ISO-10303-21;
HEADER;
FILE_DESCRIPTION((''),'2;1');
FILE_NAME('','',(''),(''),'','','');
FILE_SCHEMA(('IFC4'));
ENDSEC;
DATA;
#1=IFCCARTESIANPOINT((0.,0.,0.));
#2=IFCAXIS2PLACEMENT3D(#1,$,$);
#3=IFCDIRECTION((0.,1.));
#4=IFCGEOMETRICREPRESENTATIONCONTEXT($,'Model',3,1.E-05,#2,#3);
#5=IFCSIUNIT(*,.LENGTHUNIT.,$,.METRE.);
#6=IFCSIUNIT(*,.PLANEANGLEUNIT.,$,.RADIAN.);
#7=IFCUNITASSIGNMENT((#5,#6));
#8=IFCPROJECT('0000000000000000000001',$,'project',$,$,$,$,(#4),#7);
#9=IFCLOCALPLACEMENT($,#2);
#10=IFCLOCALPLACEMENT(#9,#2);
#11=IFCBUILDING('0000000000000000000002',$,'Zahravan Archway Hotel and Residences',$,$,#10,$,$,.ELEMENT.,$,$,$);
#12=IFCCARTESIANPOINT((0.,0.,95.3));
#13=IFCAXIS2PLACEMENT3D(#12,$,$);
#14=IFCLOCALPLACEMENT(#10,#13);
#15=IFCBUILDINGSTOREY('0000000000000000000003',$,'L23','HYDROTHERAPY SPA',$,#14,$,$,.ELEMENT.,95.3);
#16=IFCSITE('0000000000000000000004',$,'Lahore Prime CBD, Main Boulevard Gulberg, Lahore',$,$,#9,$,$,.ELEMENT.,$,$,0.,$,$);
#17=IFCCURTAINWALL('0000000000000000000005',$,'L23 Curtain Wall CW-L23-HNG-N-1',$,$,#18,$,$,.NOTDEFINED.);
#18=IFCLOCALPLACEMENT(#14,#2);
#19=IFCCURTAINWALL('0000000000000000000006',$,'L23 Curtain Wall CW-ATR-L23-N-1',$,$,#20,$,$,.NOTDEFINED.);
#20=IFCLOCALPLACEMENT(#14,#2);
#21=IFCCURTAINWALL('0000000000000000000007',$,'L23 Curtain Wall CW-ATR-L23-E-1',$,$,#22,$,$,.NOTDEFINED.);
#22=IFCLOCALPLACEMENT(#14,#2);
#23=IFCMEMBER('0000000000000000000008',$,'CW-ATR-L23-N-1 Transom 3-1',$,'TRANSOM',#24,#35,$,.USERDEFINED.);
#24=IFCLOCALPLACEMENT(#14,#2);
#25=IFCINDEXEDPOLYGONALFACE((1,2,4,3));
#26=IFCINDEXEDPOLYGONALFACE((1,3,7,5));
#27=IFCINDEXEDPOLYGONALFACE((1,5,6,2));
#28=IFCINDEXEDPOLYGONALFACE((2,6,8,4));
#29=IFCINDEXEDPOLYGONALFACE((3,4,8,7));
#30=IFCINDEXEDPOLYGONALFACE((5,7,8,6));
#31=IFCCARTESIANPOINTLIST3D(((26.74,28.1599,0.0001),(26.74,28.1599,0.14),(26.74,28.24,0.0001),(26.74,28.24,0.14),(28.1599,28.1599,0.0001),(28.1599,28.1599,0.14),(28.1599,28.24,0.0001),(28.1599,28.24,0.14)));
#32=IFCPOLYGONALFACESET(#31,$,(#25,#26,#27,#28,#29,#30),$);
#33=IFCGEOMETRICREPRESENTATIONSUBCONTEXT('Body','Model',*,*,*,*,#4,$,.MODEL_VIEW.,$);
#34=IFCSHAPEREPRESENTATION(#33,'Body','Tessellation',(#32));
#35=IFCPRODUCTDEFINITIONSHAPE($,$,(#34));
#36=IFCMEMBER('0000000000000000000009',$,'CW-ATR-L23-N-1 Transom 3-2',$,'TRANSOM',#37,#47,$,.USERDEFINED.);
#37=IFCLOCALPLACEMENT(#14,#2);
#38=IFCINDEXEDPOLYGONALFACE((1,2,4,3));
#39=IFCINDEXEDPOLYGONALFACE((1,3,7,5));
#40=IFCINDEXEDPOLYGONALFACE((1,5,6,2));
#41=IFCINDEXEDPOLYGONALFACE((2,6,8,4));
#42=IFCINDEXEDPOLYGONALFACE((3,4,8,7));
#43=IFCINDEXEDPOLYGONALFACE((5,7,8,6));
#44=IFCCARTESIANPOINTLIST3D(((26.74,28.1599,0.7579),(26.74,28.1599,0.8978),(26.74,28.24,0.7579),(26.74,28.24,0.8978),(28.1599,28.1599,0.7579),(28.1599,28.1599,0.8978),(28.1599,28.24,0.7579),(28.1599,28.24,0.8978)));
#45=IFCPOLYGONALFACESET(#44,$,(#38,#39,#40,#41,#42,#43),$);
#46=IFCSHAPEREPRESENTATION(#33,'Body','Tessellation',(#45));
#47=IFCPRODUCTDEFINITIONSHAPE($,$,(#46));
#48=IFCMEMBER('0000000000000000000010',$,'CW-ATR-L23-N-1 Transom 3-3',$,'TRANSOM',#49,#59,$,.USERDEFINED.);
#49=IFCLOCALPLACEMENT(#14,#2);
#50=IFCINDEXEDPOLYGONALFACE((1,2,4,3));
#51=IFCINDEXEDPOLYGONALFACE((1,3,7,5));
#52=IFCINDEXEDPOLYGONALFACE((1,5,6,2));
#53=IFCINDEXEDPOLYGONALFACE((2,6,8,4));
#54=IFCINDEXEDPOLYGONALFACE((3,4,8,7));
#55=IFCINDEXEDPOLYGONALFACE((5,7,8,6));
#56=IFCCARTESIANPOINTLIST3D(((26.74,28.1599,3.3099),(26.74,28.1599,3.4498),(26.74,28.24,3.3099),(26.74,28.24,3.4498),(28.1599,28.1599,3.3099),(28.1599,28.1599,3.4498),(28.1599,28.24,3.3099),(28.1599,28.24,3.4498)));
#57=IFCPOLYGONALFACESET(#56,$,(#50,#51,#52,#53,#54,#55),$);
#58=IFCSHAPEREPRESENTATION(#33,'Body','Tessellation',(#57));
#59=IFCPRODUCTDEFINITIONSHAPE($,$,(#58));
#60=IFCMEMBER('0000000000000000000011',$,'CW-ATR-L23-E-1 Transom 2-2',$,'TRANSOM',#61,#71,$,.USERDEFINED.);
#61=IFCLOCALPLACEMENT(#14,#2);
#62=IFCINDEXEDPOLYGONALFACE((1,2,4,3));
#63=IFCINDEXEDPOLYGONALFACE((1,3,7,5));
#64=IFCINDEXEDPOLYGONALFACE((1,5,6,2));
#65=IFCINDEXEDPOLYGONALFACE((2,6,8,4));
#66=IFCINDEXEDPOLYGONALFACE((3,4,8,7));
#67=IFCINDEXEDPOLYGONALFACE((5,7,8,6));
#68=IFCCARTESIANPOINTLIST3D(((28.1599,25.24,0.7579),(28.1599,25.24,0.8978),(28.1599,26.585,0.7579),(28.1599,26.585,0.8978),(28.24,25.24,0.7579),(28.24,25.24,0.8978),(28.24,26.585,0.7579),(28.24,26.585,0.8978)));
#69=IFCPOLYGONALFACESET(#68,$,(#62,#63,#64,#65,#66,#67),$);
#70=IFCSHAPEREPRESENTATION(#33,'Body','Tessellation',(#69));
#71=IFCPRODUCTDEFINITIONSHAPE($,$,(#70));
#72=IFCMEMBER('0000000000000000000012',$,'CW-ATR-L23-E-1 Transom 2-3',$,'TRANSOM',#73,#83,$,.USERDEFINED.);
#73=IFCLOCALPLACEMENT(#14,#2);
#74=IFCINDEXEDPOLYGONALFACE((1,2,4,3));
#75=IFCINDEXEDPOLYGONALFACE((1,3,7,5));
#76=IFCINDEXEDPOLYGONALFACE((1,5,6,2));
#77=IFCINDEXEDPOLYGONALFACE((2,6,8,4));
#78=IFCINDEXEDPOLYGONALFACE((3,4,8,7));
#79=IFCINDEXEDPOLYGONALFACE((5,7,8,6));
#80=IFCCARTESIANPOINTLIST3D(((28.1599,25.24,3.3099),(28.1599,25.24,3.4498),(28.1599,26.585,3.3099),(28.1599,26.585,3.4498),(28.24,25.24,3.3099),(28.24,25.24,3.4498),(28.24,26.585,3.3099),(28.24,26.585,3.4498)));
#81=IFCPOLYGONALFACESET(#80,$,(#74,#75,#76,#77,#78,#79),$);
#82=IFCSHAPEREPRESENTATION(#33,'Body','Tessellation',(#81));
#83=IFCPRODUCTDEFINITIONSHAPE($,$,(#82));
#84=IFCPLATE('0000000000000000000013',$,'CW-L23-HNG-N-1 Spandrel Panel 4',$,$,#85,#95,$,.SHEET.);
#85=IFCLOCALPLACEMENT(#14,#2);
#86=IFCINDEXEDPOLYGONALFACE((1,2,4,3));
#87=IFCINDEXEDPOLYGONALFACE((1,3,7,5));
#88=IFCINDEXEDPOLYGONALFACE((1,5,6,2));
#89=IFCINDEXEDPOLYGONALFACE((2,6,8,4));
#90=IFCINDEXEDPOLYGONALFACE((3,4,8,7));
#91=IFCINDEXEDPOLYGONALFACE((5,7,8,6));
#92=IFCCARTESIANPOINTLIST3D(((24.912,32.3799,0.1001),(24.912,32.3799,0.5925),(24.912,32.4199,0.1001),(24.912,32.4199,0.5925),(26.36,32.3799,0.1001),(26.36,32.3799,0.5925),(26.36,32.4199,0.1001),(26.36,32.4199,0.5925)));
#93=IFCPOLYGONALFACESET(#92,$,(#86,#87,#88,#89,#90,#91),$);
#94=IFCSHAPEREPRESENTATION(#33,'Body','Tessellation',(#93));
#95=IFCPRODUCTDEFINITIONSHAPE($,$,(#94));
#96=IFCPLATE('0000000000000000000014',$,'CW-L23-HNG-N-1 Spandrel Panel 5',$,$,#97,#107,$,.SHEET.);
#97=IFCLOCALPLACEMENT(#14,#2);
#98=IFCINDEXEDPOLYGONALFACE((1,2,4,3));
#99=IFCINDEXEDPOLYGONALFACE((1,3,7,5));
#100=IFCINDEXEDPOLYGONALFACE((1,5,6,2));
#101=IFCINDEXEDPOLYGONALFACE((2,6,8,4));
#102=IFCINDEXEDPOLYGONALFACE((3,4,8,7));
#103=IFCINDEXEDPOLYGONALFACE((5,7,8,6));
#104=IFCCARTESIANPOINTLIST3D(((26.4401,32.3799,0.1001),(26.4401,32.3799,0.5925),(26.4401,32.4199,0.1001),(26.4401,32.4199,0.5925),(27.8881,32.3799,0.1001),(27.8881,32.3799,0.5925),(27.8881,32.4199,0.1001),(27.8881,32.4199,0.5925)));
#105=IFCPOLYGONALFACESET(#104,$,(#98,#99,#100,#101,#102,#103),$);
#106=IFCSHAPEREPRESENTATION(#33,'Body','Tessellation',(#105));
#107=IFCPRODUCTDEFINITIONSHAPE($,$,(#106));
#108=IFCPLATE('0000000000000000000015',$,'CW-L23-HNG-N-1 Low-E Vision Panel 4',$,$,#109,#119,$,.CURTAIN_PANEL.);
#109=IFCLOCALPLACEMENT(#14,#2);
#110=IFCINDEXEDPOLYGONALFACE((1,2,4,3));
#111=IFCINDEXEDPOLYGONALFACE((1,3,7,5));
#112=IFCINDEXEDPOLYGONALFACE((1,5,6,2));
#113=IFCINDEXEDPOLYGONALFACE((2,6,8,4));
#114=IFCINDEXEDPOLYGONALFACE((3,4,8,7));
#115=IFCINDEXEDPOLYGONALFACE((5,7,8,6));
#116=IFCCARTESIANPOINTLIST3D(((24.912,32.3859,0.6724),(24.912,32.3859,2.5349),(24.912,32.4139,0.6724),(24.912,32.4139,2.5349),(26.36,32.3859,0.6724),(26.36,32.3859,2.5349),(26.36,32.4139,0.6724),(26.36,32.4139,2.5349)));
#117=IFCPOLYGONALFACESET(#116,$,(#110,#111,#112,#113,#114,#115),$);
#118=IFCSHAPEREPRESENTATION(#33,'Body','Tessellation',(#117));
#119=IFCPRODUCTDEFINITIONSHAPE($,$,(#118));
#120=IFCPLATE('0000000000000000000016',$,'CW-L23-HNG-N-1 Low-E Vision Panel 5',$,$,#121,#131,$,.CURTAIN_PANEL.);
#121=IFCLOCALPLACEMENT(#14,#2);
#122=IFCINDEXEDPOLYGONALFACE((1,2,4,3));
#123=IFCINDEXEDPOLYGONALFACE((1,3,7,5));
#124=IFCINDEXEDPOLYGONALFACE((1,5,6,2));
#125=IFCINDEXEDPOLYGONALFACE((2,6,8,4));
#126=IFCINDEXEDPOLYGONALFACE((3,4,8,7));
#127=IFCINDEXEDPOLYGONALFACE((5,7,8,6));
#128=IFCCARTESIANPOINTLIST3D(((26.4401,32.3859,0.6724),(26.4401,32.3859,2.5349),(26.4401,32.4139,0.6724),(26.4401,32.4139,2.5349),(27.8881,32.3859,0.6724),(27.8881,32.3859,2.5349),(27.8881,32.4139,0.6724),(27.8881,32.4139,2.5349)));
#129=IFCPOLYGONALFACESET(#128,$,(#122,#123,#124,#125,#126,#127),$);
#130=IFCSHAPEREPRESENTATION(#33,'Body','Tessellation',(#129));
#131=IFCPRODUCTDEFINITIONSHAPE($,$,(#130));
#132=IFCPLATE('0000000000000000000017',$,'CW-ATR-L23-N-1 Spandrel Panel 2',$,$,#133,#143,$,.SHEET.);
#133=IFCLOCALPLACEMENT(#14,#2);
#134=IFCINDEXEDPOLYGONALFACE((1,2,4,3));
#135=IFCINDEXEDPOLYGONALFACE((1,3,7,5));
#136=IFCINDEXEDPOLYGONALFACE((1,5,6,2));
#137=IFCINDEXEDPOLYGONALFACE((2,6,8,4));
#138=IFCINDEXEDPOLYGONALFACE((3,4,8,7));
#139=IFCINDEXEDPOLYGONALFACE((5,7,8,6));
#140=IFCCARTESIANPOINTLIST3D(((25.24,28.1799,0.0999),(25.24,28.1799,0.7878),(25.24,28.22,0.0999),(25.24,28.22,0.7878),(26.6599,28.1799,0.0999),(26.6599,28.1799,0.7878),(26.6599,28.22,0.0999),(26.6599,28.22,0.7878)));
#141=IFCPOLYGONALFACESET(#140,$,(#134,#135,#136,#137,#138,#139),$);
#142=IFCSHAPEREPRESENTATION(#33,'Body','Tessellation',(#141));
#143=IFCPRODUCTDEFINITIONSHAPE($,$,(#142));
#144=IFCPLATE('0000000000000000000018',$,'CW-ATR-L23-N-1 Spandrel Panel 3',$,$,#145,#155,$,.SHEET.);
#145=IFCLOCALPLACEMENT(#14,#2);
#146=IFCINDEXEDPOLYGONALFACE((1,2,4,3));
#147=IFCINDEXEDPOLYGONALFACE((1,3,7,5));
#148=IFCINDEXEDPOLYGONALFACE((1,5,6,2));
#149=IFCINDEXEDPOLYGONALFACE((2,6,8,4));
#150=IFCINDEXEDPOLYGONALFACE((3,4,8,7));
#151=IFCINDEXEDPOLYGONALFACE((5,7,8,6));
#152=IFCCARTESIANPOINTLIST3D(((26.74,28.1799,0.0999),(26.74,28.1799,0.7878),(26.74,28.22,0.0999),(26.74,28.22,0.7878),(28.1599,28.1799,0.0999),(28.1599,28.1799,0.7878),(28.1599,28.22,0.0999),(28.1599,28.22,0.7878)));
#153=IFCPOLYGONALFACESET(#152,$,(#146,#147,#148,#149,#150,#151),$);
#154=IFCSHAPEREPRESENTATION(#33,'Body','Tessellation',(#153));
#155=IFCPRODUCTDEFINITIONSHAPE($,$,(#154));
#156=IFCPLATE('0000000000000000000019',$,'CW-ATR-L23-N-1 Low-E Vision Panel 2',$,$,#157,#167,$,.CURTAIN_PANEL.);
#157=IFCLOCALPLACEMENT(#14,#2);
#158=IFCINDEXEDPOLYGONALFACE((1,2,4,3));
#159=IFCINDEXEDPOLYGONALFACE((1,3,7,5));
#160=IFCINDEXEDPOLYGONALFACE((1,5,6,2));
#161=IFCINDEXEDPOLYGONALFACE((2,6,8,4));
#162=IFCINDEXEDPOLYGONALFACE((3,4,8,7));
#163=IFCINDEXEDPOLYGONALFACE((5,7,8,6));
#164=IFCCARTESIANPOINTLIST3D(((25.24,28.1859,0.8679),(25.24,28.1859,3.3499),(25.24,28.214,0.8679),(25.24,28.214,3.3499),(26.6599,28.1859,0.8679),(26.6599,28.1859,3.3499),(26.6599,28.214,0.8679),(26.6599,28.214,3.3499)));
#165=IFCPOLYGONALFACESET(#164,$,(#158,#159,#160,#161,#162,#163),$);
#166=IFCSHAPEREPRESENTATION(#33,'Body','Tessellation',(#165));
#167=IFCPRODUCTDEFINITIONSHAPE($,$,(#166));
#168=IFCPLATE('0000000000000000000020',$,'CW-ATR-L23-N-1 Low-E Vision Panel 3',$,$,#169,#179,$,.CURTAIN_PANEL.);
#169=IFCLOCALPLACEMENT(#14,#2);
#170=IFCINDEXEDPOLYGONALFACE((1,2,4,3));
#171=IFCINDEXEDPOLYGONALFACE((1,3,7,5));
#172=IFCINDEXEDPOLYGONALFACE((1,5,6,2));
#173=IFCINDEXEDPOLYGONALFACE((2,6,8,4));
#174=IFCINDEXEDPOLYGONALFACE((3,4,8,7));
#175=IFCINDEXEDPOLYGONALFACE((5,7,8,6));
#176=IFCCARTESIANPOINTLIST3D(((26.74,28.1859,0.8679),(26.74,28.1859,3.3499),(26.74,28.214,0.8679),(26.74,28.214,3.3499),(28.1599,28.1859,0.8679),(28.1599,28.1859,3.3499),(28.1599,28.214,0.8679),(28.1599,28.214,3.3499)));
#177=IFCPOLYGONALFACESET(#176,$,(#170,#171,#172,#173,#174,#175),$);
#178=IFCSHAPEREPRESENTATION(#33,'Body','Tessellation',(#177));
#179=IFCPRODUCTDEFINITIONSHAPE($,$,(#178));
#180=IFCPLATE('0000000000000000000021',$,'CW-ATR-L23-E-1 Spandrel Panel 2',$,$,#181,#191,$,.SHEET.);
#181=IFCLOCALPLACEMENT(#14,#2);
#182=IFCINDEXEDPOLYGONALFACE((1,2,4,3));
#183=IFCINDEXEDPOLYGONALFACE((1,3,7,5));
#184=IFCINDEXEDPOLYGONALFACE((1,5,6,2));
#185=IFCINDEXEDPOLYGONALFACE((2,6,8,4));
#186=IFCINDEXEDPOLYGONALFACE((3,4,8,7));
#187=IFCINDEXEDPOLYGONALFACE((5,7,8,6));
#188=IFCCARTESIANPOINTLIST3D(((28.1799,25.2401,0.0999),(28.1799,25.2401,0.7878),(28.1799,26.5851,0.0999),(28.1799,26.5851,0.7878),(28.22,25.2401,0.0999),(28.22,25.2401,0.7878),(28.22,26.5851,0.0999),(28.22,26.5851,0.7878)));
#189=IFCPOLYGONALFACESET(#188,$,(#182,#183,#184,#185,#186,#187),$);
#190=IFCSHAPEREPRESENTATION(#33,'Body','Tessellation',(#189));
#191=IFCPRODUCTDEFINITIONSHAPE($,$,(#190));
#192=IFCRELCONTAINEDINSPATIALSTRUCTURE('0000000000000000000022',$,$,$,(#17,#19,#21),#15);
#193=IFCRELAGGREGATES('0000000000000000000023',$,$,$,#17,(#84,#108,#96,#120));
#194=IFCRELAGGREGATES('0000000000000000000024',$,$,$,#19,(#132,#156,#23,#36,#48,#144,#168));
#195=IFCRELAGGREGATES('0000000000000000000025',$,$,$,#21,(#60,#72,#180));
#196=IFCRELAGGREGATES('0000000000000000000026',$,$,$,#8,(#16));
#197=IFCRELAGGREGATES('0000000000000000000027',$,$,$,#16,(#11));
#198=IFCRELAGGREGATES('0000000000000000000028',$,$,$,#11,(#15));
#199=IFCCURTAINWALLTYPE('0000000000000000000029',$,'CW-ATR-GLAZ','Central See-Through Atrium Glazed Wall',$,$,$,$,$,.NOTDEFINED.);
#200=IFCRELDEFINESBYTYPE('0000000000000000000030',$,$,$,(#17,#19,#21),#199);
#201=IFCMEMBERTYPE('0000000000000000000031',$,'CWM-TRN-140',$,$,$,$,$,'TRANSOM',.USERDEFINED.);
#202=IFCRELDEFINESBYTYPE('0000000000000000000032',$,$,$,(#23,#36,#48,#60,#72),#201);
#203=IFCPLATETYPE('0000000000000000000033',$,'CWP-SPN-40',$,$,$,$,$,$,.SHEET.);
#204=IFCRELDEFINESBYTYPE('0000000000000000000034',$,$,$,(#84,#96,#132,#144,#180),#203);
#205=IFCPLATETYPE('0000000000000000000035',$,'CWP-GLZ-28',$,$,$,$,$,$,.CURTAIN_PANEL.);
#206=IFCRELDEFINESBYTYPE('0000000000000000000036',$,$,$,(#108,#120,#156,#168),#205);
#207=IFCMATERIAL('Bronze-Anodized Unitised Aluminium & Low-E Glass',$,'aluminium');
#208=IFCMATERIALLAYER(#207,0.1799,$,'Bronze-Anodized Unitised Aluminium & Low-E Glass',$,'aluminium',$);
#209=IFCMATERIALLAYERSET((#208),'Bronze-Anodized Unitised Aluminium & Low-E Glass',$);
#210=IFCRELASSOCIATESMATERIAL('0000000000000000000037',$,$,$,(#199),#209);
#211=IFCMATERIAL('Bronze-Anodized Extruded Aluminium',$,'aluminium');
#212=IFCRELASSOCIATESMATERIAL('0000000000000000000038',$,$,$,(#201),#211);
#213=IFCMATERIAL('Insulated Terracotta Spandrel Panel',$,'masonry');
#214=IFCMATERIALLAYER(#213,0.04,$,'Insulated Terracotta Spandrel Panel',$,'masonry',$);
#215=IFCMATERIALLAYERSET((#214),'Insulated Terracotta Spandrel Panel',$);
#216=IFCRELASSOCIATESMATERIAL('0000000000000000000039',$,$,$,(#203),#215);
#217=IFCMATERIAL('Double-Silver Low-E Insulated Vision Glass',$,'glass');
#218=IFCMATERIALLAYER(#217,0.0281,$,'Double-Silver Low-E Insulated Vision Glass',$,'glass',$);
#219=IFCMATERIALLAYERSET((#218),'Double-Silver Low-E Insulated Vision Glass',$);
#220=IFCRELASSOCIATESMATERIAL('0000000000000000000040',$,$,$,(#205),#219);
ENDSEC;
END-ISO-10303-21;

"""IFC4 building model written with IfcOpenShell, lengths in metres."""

from ifc_helpers import new_model, si_unit, direction, frame, origin, origin_2d, place, context, subcontext, project, spatial, rectangle, extrude, source, transform, mapped, material, layer, layer_set, material_profile, profile_set, type_object, element, aggregate, save


model = new_model("IFC4")

# Units and contexts
model_context = context("Model", 3, precision=1e-05, world=origin(), true_north=direction((0.0, 1.0)))
body_context = subcontext(model_context, "Body", "Model", "MODEL_VIEW")
ifc_project = project(units=[si_unit("LENGTHUNIT", "METRE"), si_unit("PLANEANGLEUNIT", "RADIAN")], contexts=[model_context])

# Site, building, storey
site_placement = place(None, origin())
site = spatial("IfcSite", under=ifc_project, at=site_placement, Name="Lahore Prime CBD, Main Boulevard Gulberg, Lahore", CompositionType="ELEMENT", RefElevation=0.0)
building_placement = place(site_placement, origin())
building = spatial("IfcBuilding", under=site, at=building_placement, Name="Zahravan Archway Hotel and Residences", CompositionType="ELEMENT")
storey_placement = place(building_placement, frame((0.0, 0.0, 95.3)))
storey = spatial("IfcBuildingStorey", under=building, at=storey_placement, Name="L23", Description="HYDROTHERAPY SPA", CompositionType="ELEMENT", Elevation=95.3)

# Curtain walls
ifc_material_1 = material(Name="Bronze-Anodized Unitised Aluminium & Low-E Glass", Category="aluminium")
ifc_layer_1 = layer(ifc_material_1, 0.1799, Name="Bronze-Anodized Unitised Aluminium & Low-E Glass", Category="aluminium")
ifc_layer_set_1 = layer_set([ifc_layer_1], Name="Bronze-Anodized Unitised Aluminium & Low-E Glass")
curtain_wall_type = type_object("IfcCurtainWallType", Name="CW-ATR-GLAZ", Description="Central See-Through Atrium Glazed Wall", PredefinedType="NOTDEFINED", material=ifc_layer_set_1)
curtain_wall_1_placement = place(storey_placement, origin())
curtain_wall_1 = element("IfcCurtainWall", 1, at=curtain_wall_1_placement, inside=storey, type_object=curtain_wall_type, Name="L23 Curtain Wall CW-L23-HNG-N-1", PredefinedType="NOTDEFINED")
ifc_material_2 = material(Name="Bronze-Anodized Extruded Aluminium", Category="aluminium")
ifc_material_profile_1 = material_profile(ifc_material_2, rectangle(XDim=0.0801, YDim=0.1399, at=origin_2d()), Name="TRN 80x140", Category="aluminium")
ifc_profile_set_1 = profile_set([ifc_material_profile_1], Name="Bronze-Anodized Extruded Aluminium")
member_type_1 = type_object("IfcMemberType", Name="CWM-TRN-140", ElementType="TRANSOM", PredefinedType="USERDEFINED", material=ifc_profile_set_1)
curtain_wall_2_placement = place(storey_placement, origin())
curtain_wall_2 = element("IfcCurtainWall", 2, at=curtain_wall_2_placement, inside=storey, type_object=curtain_wall_type, Name="L23 Curtain Wall CW-ATR-L23-N-1", PredefinedType="NOTDEFINED")

# Curtain wall
curtain_wall_3_placement = place(storey_placement, origin())
curtain_wall_3 = element("IfcCurtainWall", 3, at=curtain_wall_3_placement, inside=storey, type_object=curtain_wall_type, Name="L23 Curtain Wall CW-ATR-L23-E-1", PredefinedType="NOTDEFINED")

# Members
shared_shape_1 = source(origin(), body_context, "Body", "SweptSolid", [
    extrude(rectangle(XDim=0.0801, YDim=0.1399, at=origin_2d()), origin(), (0.0, 0.0, 1.0), 1.4199),
])
member_1_placement = place(storey_placement, frame((26.74, 28.2, 0.0701), z_axis=(1.0, 0.0, 0.0), x_axis=(0.0, 1.0, 0.0)))
member_1 = element("IfcMember", 4, at=member_1_placement, type_object=member_type_1, Name="CW-ATR-L23-N-1 Transom 3-1", ObjectType="TRANSOM", PredefinedType="USERDEFINED", context=body_context, shape_type="MappedRepresentation", body=[
    mapped(shared_shape_1, transform((0.0, 0.0, 0.0), scale=1.0)),
])
member_2_placement = place(storey_placement, frame((26.74, 28.2, 0.8279), z_axis=(1.0, 0.0, 0.0), x_axis=(0.0, 1.0, 0.0)))
member_2 = element("IfcMember", 5, at=member_2_placement, type_object=member_type_1, Name="CW-ATR-L23-N-1 Transom 3-2", ObjectType="TRANSOM", PredefinedType="USERDEFINED", context=body_context, shape_type="MappedRepresentation", body=[
    mapped(shared_shape_1, transform((0.0, 0.0, 0.0), scale=1.0)),
])
member_3_placement = place(storey_placement, frame((26.74, 28.2, 3.3799), z_axis=(1.0, 0.0, 0.0), x_axis=(0.0, 1.0, 0.0)))
member_3 = element("IfcMember", 6, at=member_3_placement, type_object=member_type_1, Name="CW-ATR-L23-N-1 Transom 3-3", ObjectType="TRANSOM", PredefinedType="USERDEFINED", context=body_context, shape_type="MappedRepresentation", body=[
    mapped(shared_shape_1, transform((0.0, 0.0, 0.0), scale=1.0)),
])
shared_shape_2 = source(origin(), body_context, "Body", "SweptSolid", [
    extrude(rectangle(XDim=0.0801, YDim=0.1399, at=origin_2d()), origin(), (0.0, 0.0, 1.0), 1.345),
])
member_4_placement = place(storey_placement, frame((28.2, 25.24, 0.8279), z_axis=(0.0, 1.0, 0.0), x_axis=(-1.0, 0.0, 0.0)))
member_4 = element("IfcMember", 7, at=member_4_placement, type_object=member_type_1, Name="CW-ATR-L23-E-1 Transom 2-2", ObjectType="TRANSOM", PredefinedType="USERDEFINED", context=body_context, shape_type="MappedRepresentation", body=[
    mapped(shared_shape_2, transform((0.0, 0.0, 0.0), scale=1.0)),
])
member_5_placement = place(storey_placement, frame((28.2, 25.24, 3.3799), z_axis=(0.0, 1.0, 0.0), x_axis=(-1.0, 0.0, 0.0)))
member_5 = element("IfcMember", 8, at=member_5_placement, type_object=member_type_1, Name="CW-ATR-L23-E-1 Transom 2-3", ObjectType="TRANSOM", PredefinedType="USERDEFINED", context=body_context, shape_type="MappedRepresentation", body=[
    mapped(shared_shape_2, transform((0.0, 0.0, 0.0), scale=1.0)),
])

# Plates
ifc_material_3 = material(Name="Insulated Terracotta Spandrel Panel", Category="masonry")
ifc_layer_2 = layer(ifc_material_3, 0.04, Name="Insulated Terracotta Spandrel Panel", Category="masonry")
ifc_layer_set_2 = layer_set([ifc_layer_2], Name="Insulated Terracotta Spandrel Panel")
plate_type_1 = type_object("IfcPlateType", Name="CWP-SPN-40", PredefinedType="SHEET", material=ifc_layer_set_2)
shared_shape_3 = source(origin(), body_context, "Body", "SweptSolid", [
    extrude(rectangle(XDim=1.448, YDim=0.04, at=origin_2d()), origin(), (0.0, 0.0, 1.0), 0.4924),
])
plate_1_placement = place(storey_placement, frame((25.636, 32.3999, 0.1001), z_axis=(0.0, 0.0, 1.0), x_axis=(1.0, 0.0, 0.0)))
plate_1 = element("IfcPlate", 9, at=plate_1_placement, type_object=plate_type_1, Name="CW-L23-HNG-N-1 Spandrel Panel 4", PredefinedType="SHEET", context=body_context, shape_type="MappedRepresentation", body=[
    mapped(shared_shape_3, transform((0.0, 0.0, 0.0), scale=1.0)),
])
plate_2_placement = place(storey_placement, frame((27.1641, 32.3999, 0.1001), z_axis=(0.0, 0.0, 1.0), x_axis=(1.0, 0.0, 0.0)))
plate_2 = element("IfcPlate", 10, at=plate_2_placement, type_object=plate_type_1, Name="CW-L23-HNG-N-1 Spandrel Panel 5", PredefinedType="SHEET", context=body_context, shape_type="MappedRepresentation", body=[
    mapped(shared_shape_3, transform((0.0, 0.0, 0.0), scale=1.0)),
])
ifc_material_4 = material(Name="Double-Silver Low-E Insulated Vision Glass", Category="glass")
ifc_layer_3 = layer(ifc_material_4, 0.0281, Name="Double-Silver Low-E Insulated Vision Glass", Category="glass")
ifc_layer_set_3 = layer_set([ifc_layer_3], Name="Double-Silver Low-E Insulated Vision Glass")
plate_type_2 = type_object("IfcPlateType", Name="CWP-GLZ-28", PredefinedType="CURTAIN_PANEL", material=ifc_layer_set_3)
shared_shape_4 = source(origin(), body_context, "Body", "SweptSolid", [
    extrude(rectangle(XDim=1.448, YDim=0.0281, at=origin_2d()), origin(), (0.0, 0.0, 1.0), 1.8625),
])
plate_3_placement = place(storey_placement, frame((25.636, 32.3999, 0.6724), z_axis=(0.0, 0.0, 1.0), x_axis=(1.0, 0.0, 0.0)))
plate_3 = element("IfcPlate", 11, at=plate_3_placement, type_object=plate_type_2, Name="CW-L23-HNG-N-1 Low-E Vision Panel 4", PredefinedType="CURTAIN_PANEL", context=body_context, shape_type="MappedRepresentation", body=[
    mapped(shared_shape_4, transform((0.0, 0.0, 0.0), scale=1.0)),
])
plate_4_placement = place(storey_placement, frame((27.1641, 32.3999, 0.6724), z_axis=(0.0, 0.0, 1.0), x_axis=(1.0, 0.0, 0.0)))
plate_4 = element("IfcPlate", 12, at=plate_4_placement, type_object=plate_type_2, Name="CW-L23-HNG-N-1 Low-E Vision Panel 5", PredefinedType="CURTAIN_PANEL", context=body_context, shape_type="MappedRepresentation", body=[
    mapped(shared_shape_4, transform((0.0, 0.0, 0.0), scale=1.0)),
])
aggregate(curtain_wall_1, [plate_1, plate_3, plate_2, plate_4])
shared_shape_5 = source(origin(), body_context, "Body", "SweptSolid", [
    extrude(rectangle(XDim=1.4199, YDim=0.04, at=origin_2d()), origin(), (0.0, 0.0, 1.0), 0.688),
])
plate_5_placement = place(storey_placement, frame((25.95, 28.2, 0.0999), z_axis=(0.0, 0.0, 1.0), x_axis=(1.0, 0.0, 0.0)))
plate_5 = element("IfcPlate", 13, at=plate_5_placement, type_object=plate_type_1, Name="CW-ATR-L23-N-1 Spandrel Panel 2", PredefinedType="SHEET", context=body_context, shape_type="MappedRepresentation", body=[
    mapped(shared_shape_5, transform((0.0, 0.0, 0.0), scale=1.0)),
])
plate_6_placement = place(storey_placement, frame((27.45, 28.2, 0.0999), z_axis=(0.0, 0.0, 1.0), x_axis=(1.0, 0.0, 0.0)))
plate_6 = element("IfcPlate", 14, at=plate_6_placement, type_object=plate_type_1, Name="CW-ATR-L23-N-1 Spandrel Panel 3", PredefinedType="SHEET", context=body_context, shape_type="MappedRepresentation", body=[
    mapped(shared_shape_5, transform((0.0, 0.0, 0.0), scale=1.0)),
])
shared_shape_6 = source(origin(), body_context, "Body", "SweptSolid", [
    extrude(rectangle(XDim=1.4199, YDim=0.0281, at=origin_2d()), origin(), (0.0, 0.0, 1.0), 2.4819),
])
plate_7_placement = place(storey_placement, frame((25.95, 28.2, 0.8679), z_axis=(0.0, 0.0, 1.0), x_axis=(1.0, 0.0, 0.0)))
plate_7 = element("IfcPlate", 15, at=plate_7_placement, type_object=plate_type_2, Name="CW-ATR-L23-N-1 Low-E Vision Panel 2", PredefinedType="CURTAIN_PANEL", context=body_context, shape_type="MappedRepresentation", body=[
    mapped(shared_shape_6, transform((0.0, 0.0, 0.0), scale=1.0)),
])
plate_8_placement = place(storey_placement, frame((27.45, 28.2, 0.8679), z_axis=(0.0, 0.0, 1.0), x_axis=(1.0, 0.0, 0.0)))
plate_8 = element("IfcPlate", 16, at=plate_8_placement, type_object=plate_type_2, Name="CW-ATR-L23-N-1 Low-E Vision Panel 3", PredefinedType="CURTAIN_PANEL", context=body_context, shape_type="MappedRepresentation", body=[
    mapped(shared_shape_6, transform((0.0, 0.0, 0.0), scale=1.0)),
])
aggregate(curtain_wall_2, [plate_5, plate_7, member_1, member_2, member_3, plate_6, plate_8])
shared_shape_7 = source(origin(), body_context, "Body", "SweptSolid", [
    extrude(rectangle(XDim=1.345, YDim=0.04, at=origin_2d()), origin(), (0.0, 0.0, 1.0), 0.688),
])
plate_9_placement = place(storey_placement, frame((28.2, 25.9126, 0.0999), z_axis=(0.0, 0.0, 1.0), x_axis=(0.0, 1.0, 0.0)))
plate_9 = element("IfcPlate", 17, at=plate_9_placement, type_object=plate_type_1, Name="CW-ATR-L23-E-1 Spandrel Panel 2", PredefinedType="SHEET", context=body_context, shape_type="MappedRepresentation", body=[
    mapped(shared_shape_7, transform((0.0, 0.0, 0.0), scale=1.0)),
])
aggregate(curtain_wall_3, [member_4, member_5, plate_9])

save(model, "model.ifc")
